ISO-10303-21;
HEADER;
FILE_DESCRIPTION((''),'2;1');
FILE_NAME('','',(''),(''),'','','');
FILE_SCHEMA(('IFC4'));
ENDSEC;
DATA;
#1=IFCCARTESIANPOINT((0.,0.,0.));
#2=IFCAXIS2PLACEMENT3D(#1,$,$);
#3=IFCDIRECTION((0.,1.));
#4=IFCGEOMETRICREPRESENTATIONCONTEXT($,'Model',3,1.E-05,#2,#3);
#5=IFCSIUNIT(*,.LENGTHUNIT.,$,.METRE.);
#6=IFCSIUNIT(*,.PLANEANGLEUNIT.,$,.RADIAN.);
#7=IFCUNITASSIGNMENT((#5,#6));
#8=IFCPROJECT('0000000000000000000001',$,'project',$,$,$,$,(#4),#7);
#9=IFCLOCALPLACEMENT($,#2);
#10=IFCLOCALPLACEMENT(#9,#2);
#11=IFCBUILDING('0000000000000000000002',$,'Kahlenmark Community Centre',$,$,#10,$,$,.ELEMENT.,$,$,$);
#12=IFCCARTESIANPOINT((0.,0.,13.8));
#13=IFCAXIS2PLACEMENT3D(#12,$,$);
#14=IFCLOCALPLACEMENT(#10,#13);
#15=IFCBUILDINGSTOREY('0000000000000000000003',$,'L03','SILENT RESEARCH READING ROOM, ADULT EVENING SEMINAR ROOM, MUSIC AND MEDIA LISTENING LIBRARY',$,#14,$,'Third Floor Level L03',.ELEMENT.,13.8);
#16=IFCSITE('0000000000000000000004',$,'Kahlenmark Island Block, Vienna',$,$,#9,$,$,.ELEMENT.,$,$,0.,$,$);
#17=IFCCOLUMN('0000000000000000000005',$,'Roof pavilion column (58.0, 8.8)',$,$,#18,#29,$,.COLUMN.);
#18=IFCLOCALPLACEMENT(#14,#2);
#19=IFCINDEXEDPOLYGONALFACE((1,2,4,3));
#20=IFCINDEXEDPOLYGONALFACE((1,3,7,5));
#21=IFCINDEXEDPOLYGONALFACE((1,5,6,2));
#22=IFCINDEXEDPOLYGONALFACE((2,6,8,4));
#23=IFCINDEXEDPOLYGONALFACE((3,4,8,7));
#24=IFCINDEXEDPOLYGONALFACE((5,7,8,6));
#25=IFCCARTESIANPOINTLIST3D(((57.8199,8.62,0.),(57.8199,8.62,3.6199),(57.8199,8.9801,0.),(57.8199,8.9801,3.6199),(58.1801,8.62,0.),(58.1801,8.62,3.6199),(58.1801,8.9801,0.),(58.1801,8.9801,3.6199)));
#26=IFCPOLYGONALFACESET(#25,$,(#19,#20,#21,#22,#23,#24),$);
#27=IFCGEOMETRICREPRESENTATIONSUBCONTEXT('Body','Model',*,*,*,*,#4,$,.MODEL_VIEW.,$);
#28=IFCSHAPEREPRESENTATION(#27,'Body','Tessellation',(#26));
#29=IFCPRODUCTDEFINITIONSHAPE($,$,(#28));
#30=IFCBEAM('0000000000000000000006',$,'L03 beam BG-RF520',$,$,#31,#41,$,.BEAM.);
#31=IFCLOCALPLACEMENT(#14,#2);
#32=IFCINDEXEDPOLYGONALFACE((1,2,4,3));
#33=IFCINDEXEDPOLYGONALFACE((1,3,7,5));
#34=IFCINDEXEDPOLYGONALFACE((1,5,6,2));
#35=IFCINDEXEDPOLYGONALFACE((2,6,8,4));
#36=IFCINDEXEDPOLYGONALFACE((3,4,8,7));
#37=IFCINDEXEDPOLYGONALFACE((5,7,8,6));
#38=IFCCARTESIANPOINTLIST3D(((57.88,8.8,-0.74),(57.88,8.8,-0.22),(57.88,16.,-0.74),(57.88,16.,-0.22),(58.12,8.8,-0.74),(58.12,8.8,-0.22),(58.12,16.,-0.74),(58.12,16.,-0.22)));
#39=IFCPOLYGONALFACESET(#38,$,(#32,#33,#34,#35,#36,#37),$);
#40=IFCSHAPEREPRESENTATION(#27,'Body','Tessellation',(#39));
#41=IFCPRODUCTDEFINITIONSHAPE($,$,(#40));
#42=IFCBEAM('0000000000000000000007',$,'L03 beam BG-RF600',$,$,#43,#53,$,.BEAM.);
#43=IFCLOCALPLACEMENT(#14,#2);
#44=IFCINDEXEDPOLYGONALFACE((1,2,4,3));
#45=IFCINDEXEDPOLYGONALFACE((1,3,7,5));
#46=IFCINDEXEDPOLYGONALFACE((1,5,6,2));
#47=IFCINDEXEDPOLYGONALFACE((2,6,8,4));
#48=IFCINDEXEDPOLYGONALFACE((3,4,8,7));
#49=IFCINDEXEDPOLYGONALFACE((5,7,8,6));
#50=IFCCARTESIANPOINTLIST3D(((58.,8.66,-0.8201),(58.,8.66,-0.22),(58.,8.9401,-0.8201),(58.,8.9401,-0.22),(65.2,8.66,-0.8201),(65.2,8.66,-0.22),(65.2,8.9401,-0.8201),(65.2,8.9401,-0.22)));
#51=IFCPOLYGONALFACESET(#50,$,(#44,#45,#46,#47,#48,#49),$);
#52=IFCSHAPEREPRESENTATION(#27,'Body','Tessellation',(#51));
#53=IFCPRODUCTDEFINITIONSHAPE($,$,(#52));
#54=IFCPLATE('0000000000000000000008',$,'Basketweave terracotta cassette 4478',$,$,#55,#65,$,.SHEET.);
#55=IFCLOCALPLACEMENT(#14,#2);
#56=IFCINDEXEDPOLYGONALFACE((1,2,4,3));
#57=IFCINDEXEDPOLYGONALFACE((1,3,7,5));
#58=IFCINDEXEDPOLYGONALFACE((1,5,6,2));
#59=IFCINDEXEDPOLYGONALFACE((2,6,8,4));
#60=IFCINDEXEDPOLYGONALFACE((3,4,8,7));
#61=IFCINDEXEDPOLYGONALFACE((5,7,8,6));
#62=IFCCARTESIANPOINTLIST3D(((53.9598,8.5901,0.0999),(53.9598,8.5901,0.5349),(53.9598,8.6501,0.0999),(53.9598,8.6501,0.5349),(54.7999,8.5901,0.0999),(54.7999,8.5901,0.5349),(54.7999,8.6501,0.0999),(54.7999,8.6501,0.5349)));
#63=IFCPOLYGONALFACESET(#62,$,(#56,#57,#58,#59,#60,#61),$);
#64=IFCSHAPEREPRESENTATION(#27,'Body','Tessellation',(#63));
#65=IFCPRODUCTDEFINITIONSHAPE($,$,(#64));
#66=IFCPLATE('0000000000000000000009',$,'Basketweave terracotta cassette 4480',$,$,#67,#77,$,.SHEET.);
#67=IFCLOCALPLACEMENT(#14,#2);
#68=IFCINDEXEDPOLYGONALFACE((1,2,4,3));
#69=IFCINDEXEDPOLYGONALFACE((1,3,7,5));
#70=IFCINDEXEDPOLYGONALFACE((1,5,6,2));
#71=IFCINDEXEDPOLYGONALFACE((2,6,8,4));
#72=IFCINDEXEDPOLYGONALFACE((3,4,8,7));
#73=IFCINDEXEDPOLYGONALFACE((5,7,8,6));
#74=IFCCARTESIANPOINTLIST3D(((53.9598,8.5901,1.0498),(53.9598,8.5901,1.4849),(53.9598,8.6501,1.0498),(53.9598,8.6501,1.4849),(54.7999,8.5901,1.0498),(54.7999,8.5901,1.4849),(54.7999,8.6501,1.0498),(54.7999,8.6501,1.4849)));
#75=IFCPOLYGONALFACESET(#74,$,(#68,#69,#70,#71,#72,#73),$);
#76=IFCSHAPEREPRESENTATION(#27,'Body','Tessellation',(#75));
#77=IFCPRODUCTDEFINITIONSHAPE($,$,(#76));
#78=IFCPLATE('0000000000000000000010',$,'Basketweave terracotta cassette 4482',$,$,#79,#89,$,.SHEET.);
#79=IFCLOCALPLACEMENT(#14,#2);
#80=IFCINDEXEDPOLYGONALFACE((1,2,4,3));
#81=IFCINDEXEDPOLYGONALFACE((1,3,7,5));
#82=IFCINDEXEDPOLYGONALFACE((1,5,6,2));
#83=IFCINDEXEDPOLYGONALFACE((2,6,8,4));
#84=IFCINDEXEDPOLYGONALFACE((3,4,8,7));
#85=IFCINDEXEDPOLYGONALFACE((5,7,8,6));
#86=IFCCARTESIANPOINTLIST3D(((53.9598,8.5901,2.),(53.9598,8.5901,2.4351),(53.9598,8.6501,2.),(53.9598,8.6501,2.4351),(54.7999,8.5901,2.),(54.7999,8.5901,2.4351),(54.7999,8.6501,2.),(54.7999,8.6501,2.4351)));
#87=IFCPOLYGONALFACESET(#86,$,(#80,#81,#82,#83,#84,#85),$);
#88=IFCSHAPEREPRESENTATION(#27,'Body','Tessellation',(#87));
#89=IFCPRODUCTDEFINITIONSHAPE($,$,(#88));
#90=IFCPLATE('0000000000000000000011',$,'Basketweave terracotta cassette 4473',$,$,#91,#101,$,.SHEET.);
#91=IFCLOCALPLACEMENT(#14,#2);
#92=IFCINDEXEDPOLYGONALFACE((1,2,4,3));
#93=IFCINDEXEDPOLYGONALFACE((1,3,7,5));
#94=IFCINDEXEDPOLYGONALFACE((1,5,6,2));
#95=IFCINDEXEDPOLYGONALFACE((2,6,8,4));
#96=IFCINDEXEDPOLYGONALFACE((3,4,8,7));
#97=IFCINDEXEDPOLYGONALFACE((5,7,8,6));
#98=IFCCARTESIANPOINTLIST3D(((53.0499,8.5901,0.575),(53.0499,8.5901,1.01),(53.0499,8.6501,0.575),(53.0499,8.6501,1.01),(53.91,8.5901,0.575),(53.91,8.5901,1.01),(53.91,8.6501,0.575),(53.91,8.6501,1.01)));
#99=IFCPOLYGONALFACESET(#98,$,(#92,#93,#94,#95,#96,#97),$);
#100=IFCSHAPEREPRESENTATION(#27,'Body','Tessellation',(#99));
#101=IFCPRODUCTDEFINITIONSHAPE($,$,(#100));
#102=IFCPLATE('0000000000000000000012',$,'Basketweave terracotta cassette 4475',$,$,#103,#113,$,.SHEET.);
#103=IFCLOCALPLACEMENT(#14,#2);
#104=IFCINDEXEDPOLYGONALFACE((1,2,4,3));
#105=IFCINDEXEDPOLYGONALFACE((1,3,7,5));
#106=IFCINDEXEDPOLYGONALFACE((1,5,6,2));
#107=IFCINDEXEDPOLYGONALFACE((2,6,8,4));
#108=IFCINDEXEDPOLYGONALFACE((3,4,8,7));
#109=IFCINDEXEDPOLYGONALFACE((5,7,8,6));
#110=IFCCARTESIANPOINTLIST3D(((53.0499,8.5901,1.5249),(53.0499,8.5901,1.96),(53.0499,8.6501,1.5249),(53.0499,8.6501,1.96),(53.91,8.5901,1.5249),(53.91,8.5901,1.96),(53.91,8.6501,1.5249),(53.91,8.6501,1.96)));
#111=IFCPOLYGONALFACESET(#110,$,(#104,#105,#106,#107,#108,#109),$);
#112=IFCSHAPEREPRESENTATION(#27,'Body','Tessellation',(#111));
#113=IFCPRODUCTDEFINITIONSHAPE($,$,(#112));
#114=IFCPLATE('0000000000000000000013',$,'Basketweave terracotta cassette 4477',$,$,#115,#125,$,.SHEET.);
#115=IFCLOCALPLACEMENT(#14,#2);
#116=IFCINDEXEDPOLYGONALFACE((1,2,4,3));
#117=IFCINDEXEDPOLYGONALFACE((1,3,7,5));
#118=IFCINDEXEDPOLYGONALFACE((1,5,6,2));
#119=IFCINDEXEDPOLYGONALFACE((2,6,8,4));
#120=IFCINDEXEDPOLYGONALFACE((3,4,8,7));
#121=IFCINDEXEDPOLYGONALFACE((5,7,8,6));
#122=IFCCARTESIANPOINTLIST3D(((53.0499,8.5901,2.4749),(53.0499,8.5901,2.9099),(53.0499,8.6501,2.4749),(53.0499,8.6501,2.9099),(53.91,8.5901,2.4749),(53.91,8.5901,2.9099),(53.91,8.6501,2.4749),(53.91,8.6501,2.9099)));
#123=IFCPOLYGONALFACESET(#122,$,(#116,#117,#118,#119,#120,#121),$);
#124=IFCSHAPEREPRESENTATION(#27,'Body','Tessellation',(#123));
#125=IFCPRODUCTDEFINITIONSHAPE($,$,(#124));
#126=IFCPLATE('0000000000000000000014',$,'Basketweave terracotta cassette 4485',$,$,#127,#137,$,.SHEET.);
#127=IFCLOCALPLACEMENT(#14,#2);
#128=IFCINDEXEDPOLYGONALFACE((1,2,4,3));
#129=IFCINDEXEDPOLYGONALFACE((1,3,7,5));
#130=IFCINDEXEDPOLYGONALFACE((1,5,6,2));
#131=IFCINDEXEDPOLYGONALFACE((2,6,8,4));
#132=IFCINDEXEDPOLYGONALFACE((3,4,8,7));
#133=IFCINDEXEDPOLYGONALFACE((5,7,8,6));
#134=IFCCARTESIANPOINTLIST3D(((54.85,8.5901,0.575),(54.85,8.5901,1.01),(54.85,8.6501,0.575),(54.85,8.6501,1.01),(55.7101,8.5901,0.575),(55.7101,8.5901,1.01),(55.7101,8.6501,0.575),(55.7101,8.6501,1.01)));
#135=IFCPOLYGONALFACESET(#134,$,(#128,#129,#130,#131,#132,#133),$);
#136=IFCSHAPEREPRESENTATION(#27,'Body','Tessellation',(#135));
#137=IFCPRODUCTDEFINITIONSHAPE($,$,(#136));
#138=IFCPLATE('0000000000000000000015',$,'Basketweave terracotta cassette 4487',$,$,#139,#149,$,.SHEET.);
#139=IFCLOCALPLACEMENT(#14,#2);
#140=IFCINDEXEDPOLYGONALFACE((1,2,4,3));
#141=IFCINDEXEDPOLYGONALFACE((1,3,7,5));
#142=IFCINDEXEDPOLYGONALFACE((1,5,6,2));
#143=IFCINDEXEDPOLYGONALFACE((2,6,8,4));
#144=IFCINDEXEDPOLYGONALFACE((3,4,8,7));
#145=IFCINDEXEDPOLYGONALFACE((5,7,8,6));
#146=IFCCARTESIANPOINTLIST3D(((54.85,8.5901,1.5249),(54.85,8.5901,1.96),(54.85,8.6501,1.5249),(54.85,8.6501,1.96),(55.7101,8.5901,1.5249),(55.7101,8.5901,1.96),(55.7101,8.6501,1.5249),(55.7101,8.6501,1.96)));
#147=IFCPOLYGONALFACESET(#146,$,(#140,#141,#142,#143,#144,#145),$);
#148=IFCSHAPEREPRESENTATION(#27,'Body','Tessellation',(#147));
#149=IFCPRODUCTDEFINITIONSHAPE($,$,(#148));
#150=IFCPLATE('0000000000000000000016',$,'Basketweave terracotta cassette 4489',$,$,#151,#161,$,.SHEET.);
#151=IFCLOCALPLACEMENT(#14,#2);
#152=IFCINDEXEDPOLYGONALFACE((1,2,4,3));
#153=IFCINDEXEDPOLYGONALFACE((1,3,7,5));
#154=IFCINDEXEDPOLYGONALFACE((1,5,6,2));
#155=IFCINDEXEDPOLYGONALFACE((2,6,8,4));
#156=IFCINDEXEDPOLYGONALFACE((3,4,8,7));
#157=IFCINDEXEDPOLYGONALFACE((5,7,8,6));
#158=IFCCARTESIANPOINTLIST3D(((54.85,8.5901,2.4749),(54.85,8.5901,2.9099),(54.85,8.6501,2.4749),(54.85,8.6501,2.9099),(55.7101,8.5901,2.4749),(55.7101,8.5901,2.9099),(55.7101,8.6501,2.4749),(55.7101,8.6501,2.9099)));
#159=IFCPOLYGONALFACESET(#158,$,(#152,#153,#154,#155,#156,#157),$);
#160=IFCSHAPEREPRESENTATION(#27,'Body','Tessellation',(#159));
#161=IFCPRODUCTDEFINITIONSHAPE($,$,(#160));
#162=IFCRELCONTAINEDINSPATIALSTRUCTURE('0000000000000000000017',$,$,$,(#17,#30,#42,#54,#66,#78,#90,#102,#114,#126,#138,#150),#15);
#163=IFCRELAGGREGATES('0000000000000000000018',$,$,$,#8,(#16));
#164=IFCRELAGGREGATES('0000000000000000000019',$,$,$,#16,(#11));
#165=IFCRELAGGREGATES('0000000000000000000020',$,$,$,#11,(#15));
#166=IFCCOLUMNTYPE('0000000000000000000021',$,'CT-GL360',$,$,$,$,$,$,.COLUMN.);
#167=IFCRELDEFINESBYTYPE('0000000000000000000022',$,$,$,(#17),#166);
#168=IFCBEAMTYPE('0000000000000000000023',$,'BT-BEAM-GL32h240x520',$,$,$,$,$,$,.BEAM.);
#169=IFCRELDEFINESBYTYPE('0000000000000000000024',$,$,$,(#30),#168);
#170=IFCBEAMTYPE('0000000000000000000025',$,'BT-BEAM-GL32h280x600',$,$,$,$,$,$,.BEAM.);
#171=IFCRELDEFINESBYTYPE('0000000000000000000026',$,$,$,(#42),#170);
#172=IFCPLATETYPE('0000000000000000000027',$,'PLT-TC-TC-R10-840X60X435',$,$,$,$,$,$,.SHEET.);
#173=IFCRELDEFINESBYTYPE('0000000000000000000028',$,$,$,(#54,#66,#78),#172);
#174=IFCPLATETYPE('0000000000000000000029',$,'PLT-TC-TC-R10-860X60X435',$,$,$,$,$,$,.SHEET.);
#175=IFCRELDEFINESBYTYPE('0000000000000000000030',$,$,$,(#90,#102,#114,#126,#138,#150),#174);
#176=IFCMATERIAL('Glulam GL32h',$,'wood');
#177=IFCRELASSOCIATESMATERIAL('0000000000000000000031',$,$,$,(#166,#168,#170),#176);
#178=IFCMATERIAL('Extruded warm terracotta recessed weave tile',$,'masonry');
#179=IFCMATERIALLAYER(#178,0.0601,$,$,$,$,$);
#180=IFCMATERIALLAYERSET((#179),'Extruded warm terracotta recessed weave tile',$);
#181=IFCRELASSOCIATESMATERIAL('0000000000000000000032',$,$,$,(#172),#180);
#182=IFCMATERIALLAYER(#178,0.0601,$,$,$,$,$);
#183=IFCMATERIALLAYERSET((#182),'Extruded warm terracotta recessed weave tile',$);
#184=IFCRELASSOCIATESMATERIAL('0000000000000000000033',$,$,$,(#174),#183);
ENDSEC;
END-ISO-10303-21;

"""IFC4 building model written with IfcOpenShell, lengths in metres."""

from ifc_helpers import new_model, si_unit, direction, frame, origin, origin_2d, place, context, subcontext, project, spatial, rectangle, extrude, material, layer, layer_set, material_profile, profile_set, type_object, element, save


model = new_model("IFC4")

# Units and contexts
model_context = context("Model", 3, precision=1e-05, world=origin(), true_north=direction((0.0, 1.0)))
body_context = subcontext(model_context, "Body", "Model", "MODEL_VIEW")
ifc_project = project(units=[si_unit("LENGTHUNIT", "METRE"), si_unit("PLANEANGLEUNIT", "RADIAN")], contexts=[model_context])

# Site, building, storey
site_placement = place(None, origin())
site = spatial("IfcSite", under=ifc_project, at=site_placement, Name="Kahlenmark Island Block, Vienna", CompositionType="ELEMENT", RefElevation=0.0)
building_placement = place(site_placement, origin())
building = spatial("IfcBuilding", under=site, at=building_placement, Name="Kahlenmark Community Centre", CompositionType="ELEMENT")
storey_placement = place(building_placement, frame((0.0, 0.0, 13.8)))
storey = spatial("IfcBuildingStorey", under=building, at=storey_placement, Name="L03", Description="SILENT RESEARCH READING ROOM, ADULT EVENING SEMINAR ROOM, MUSIC AND MEDIA LISTENING LIBRARY", LongName="Third Floor Level L03", CompositionType="ELEMENT", Elevation=13.8)

# Column
ifc_material_1 = material(Name="Glulam GL32h", Category="wood")
ifc_material_profile_1 = material_profile(ifc_material_1, rectangle(XDim=0.3601, YDim=0.3601, at=origin_2d()), Name="GL32h 360x360")
ifc_profile_set_1 = profile_set([ifc_material_profile_1], Name="Glulam GL32h")
column_type = type_object("IfcColumnType", Name="CT-GL360", PredefinedType="COLUMN", material=ifc_profile_set_1)
column_placement = place(storey_placement, frame((58.0, 8.8, 0.0), z_axis=(0.0, 0.0, 1.0), x_axis=(1.0, 0.0, 0.0)))
element("IfcColumn", 1, at=column_placement, inside=storey, type_object=column_type, Name="Roof pavilion column (58.0, 8.8)", PredefinedType="COLUMN", context=body_context, shape_type="SweptSolid", body=[
    extrude(rectangle(XDim=0.3601, YDim=0.3601, at=origin_2d()), origin(), (0.0, 0.0, 1.0), 3.6199),
])

# Beams
ifc_material_profile_2 = material_profile(ifc_material_1, rectangle(XDim=0.24, YDim=0.52, at=origin_2d()), Name="GL32h 240x520")
ifc_profile_set_2 = profile_set([ifc_material_profile_2], Name="Glulam GL32h")
beam_type_1 = type_object("IfcBeamType", Name="BT-BEAM-GL32h240x520", PredefinedType="BEAM", material=ifc_profile_set_2)
beam_1_placement = place(storey_placement, frame((58.0, 8.8, -0.48), z_axis=(0.0, 1.0, 0.0), x_axis=(-1.0, 0.0, 0.0)))
element("IfcBeam", 2, at=beam_1_placement, inside=storey, type_object=beam_type_1, Name="L03 beam BG-RF520", PredefinedType="BEAM", context=body_context, shape_type="SweptSolid", body=[
    extrude(rectangle(XDim=0.24, YDim=0.52, at=origin_2d()), origin(), (0.0, 0.0, 1.0), 7.2),
])
ifc_material_profile_3 = material_profile(ifc_material_1, rectangle(XDim=0.28, YDim=0.6001, at=origin_2d()), Name="GL32h 280x600")
ifc_profile_set_3 = profile_set([ifc_material_profile_3], Name="Glulam GL32h")
beam_type_2 = type_object("IfcBeamType", Name="BT-BEAM-GL32h280x600", PredefinedType="BEAM", material=ifc_profile_set_3)
beam_2_placement = place(storey_placement, frame((58.0, 8.8, -0.52), z_axis=(1.0, 0.0, 0.0), x_axis=(0.0, 1.0, 0.0)))
element("IfcBeam", 3, at=beam_2_placement, inside=storey, type_object=beam_type_2, Name="L03 beam BG-RF600", PredefinedType="BEAM", context=body_context, shape_type="SweptSolid", body=[
    extrude(rectangle(XDim=0.28, YDim=0.6001, at=origin_2d()), origin(), (0.0, 0.0, 1.0), 7.2),
])

# Plates
ifc_material_2 = material(Name="Extruded warm terracotta recessed weave tile", Category="masonry")
ifc_layer_1 = layer(ifc_material_2, 0.0601)
ifc_layer_set_1 = layer_set([ifc_layer_1], Name="Extruded warm terracotta recessed weave tile")
plate_type_1 = type_object("IfcPlateType", Name="PLT-TC-TC-R10-840X60X435", PredefinedType="SHEET", material=ifc_layer_set_1)
for number, where, z_axis, x_axis, name in (
    (4, (54.3799, 8.6201, 0.0999), (0.0, 0.0, 1.0), (1.0, 0.0, 0.0), "Basketweave terracotta cassette 4478"),
    (5, (54.3799, 8.6201, 1.0498), (0.0, 0.0, 1.0), (1.0, 0.0, 0.0), "Basketweave terracotta cassette 4480"),
    (6, (54.3799, 8.6201, 2.0), (0.0, 0.0, 1.0), (1.0, 0.0, 0.0), "Basketweave terracotta cassette 4482"),
):
    element("IfcPlate", number, at=place(storey_placement, frame(where, z_axis=z_axis, x_axis=x_axis)), inside=storey, type_object=plate_type_1, Name=name, PredefinedType="SHEET", context=body_context, shape_type="SweptSolid", body=[
        extrude(rectangle(XDim=0.8401, YDim=0.0601, at=origin_2d()), origin(), (0.0, 0.0, 1.0), 0.4351),
    ])
ifc_layer_2 = layer(ifc_material_2, 0.0601)
ifc_layer_set_2 = layer_set([ifc_layer_2], Name="Extruded warm terracotta recessed weave tile")
plate_type_2 = type_object("IfcPlateType", Name="PLT-TC-TC-R10-860X60X435", PredefinedType="SHEET", material=ifc_layer_set_2)
for number, where, z_axis, x_axis, name in (
    (7, (53.48, 8.6201, 0.575), (0.0, 0.0, 1.0), (1.0, 0.0, 0.0), "Basketweave terracotta cassette 4473"),
    (8, (53.48, 8.6201, 1.5249), (0.0, 0.0, 1.0), (1.0, 0.0, 0.0), "Basketweave terracotta cassette 4475"),
    (9, (53.48, 8.6201, 2.4749), (0.0, 0.0, 1.0), (1.0, 0.0, 0.0), "Basketweave terracotta cassette 4477"),
    (10, (55.28, 8.6201, 0.575), (0.0, 0.0, 1.0), (1.0, 0.0, 0.0), "Basketweave terracotta cassette 4485"),
    (11, (55.28, 8.6201, 1.5249), (0.0, 0.0, 1.0), (1.0, 0.0, 0.0), "Basketweave terracotta cassette 4487"),
    (12, (55.28, 8.6201, 2.4749), (0.0, 0.0, 1.0), (1.0, 0.0, 0.0), "Basketweave terracotta cassette 4489"),
):
    element("IfcPlate", number, at=place(storey_placement, frame(where, z_axis=z_axis, x_axis=x_axis)), inside=storey, type_object=plate_type_2, Name=name, PredefinedType="SHEET", context=body_context, shape_type="SweptSolid", body=[
        extrude(rectangle(XDim=0.8601, YDim=0.0601, at=origin_2d()), origin(), (0.0, 0.0, 1.0), 0.4351),
    ])

save(model, "model.ifc")
